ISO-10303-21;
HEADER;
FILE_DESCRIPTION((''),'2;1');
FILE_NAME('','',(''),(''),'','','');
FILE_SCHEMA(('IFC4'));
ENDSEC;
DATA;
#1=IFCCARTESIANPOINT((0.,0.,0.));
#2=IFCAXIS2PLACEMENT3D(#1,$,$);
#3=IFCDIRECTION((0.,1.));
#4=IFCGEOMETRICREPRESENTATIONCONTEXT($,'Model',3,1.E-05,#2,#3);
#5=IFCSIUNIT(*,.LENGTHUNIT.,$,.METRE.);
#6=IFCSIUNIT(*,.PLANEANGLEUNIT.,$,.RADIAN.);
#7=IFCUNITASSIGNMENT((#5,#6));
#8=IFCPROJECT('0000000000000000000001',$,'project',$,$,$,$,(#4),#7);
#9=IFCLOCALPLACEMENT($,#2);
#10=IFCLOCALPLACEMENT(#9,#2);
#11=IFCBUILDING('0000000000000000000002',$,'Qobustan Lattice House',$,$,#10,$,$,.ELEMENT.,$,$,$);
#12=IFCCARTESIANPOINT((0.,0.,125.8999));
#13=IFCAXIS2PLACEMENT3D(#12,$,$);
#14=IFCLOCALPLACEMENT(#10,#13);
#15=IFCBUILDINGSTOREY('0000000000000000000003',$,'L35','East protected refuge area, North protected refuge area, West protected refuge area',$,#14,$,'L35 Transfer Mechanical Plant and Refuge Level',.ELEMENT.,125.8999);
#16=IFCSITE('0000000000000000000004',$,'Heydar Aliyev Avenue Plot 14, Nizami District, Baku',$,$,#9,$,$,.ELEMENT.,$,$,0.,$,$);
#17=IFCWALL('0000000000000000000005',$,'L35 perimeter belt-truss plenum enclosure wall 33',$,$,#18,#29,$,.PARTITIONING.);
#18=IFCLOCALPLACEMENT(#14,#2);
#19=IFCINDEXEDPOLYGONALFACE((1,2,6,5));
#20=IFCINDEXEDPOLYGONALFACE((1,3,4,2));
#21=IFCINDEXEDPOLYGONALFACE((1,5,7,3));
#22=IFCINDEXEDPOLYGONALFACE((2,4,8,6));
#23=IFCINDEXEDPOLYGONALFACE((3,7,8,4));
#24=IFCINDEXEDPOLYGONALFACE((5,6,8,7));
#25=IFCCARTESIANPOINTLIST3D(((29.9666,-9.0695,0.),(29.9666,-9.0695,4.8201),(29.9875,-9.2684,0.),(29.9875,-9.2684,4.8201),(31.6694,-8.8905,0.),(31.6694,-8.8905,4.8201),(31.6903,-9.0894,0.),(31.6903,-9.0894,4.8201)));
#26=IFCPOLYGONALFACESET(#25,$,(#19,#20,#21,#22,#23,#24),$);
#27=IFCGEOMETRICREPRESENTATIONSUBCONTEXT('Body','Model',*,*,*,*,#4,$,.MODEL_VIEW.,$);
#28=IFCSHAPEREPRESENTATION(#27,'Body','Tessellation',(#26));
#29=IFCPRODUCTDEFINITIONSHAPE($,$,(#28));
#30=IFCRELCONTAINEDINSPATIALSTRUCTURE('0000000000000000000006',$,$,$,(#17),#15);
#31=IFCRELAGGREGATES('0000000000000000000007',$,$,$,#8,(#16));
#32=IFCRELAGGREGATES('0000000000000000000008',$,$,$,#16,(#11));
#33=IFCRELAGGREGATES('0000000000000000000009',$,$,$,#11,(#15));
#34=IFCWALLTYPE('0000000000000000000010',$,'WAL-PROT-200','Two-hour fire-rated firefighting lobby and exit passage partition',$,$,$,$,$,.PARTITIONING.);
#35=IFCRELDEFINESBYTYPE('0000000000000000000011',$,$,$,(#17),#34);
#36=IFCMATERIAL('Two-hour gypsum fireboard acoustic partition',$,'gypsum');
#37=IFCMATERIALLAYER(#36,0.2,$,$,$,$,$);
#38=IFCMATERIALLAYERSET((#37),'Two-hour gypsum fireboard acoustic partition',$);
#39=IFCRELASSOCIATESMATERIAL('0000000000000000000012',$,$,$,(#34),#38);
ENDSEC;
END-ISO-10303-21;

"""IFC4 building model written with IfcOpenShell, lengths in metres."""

from ifc_helpers import new_model, si_unit, direction, frame, frame_2d, origin, place, context, subcontext, project, spatial, rectangle, extrude, material, layer, layer_set, type_object, element, save


model = new_model("IFC4")

# Units and contexts
model_context = context("Model", 3, precision=1e-05, world=origin(), true_north=direction((0.0, 1.0)))
body_context = subcontext(model_context, "Body", "Model", "MODEL_VIEW")
ifc_project = project(units=[si_unit("LENGTHUNIT", "METRE"), si_unit("PLANEANGLEUNIT", "RADIAN")], contexts=[model_context])

# Site, building, storey
site_placement = place(None, origin())
site = spatial("IfcSite", under=ifc_project, at=site_placement, Name="Heydar Aliyev Avenue Plot 14, Nizami District, Baku", CompositionType="ELEMENT", RefElevation=0.0)
building_placement = place(site_placement, origin())
building = spatial("IfcBuilding", under=site, at=building_placement, Name="Qobustan Lattice House", CompositionType="ELEMENT")
storey_placement = place(building_placement, frame((0.0, 0.0, 125.8999)))
storey = spatial("IfcBuildingStorey", under=building, at=storey_placement, Name="L35", Description="East protected refuge area, North protected refuge area, West protected refuge area", LongName="L35 Transfer Mechanical Plant and Refuge Level", CompositionType="ELEMENT", Elevation=125.8999)

# Wall
ifc_material_1 = material(Name="Two-hour gypsum fireboard acoustic partition", Category="gypsum")
ifc_layer_1 = layer(ifc_material_1, 0.2)
ifc_layer_set_1 = layer_set([ifc_layer_1], Name="Two-hour gypsum fireboard acoustic partition")
wall_type_1 = type_object("IfcWallType", Name="WAL-PROT-200", Description="Two-hour fire-rated firefighting lobby and exit passage partition", PredefinedType="PARTITIONING", material=ifc_layer_set_1)
wall_1_placement = place(storey_placement, frame((31.6797, -8.99, 0.0), z_axis=(0.0, 0.0, 1.0), x_axis=(-0.994523, -0.104514, 0.0)))
element("IfcWall", 1, at=wall_1_placement, inside=storey, type_object=wall_type_1, Name="L35 perimeter belt-truss plenum enclosure wall 33", PredefinedType="PARTITIONING", context=body_context, shape_type="SweptSolid", body=[
    extrude(rectangle(XDim=1.7122, YDim=0.2, at=frame_2d((0.856, 0.0))), origin(), (0.0, 0.0, 1.0), 4.8201),
])

save(model, "model.ifc")
